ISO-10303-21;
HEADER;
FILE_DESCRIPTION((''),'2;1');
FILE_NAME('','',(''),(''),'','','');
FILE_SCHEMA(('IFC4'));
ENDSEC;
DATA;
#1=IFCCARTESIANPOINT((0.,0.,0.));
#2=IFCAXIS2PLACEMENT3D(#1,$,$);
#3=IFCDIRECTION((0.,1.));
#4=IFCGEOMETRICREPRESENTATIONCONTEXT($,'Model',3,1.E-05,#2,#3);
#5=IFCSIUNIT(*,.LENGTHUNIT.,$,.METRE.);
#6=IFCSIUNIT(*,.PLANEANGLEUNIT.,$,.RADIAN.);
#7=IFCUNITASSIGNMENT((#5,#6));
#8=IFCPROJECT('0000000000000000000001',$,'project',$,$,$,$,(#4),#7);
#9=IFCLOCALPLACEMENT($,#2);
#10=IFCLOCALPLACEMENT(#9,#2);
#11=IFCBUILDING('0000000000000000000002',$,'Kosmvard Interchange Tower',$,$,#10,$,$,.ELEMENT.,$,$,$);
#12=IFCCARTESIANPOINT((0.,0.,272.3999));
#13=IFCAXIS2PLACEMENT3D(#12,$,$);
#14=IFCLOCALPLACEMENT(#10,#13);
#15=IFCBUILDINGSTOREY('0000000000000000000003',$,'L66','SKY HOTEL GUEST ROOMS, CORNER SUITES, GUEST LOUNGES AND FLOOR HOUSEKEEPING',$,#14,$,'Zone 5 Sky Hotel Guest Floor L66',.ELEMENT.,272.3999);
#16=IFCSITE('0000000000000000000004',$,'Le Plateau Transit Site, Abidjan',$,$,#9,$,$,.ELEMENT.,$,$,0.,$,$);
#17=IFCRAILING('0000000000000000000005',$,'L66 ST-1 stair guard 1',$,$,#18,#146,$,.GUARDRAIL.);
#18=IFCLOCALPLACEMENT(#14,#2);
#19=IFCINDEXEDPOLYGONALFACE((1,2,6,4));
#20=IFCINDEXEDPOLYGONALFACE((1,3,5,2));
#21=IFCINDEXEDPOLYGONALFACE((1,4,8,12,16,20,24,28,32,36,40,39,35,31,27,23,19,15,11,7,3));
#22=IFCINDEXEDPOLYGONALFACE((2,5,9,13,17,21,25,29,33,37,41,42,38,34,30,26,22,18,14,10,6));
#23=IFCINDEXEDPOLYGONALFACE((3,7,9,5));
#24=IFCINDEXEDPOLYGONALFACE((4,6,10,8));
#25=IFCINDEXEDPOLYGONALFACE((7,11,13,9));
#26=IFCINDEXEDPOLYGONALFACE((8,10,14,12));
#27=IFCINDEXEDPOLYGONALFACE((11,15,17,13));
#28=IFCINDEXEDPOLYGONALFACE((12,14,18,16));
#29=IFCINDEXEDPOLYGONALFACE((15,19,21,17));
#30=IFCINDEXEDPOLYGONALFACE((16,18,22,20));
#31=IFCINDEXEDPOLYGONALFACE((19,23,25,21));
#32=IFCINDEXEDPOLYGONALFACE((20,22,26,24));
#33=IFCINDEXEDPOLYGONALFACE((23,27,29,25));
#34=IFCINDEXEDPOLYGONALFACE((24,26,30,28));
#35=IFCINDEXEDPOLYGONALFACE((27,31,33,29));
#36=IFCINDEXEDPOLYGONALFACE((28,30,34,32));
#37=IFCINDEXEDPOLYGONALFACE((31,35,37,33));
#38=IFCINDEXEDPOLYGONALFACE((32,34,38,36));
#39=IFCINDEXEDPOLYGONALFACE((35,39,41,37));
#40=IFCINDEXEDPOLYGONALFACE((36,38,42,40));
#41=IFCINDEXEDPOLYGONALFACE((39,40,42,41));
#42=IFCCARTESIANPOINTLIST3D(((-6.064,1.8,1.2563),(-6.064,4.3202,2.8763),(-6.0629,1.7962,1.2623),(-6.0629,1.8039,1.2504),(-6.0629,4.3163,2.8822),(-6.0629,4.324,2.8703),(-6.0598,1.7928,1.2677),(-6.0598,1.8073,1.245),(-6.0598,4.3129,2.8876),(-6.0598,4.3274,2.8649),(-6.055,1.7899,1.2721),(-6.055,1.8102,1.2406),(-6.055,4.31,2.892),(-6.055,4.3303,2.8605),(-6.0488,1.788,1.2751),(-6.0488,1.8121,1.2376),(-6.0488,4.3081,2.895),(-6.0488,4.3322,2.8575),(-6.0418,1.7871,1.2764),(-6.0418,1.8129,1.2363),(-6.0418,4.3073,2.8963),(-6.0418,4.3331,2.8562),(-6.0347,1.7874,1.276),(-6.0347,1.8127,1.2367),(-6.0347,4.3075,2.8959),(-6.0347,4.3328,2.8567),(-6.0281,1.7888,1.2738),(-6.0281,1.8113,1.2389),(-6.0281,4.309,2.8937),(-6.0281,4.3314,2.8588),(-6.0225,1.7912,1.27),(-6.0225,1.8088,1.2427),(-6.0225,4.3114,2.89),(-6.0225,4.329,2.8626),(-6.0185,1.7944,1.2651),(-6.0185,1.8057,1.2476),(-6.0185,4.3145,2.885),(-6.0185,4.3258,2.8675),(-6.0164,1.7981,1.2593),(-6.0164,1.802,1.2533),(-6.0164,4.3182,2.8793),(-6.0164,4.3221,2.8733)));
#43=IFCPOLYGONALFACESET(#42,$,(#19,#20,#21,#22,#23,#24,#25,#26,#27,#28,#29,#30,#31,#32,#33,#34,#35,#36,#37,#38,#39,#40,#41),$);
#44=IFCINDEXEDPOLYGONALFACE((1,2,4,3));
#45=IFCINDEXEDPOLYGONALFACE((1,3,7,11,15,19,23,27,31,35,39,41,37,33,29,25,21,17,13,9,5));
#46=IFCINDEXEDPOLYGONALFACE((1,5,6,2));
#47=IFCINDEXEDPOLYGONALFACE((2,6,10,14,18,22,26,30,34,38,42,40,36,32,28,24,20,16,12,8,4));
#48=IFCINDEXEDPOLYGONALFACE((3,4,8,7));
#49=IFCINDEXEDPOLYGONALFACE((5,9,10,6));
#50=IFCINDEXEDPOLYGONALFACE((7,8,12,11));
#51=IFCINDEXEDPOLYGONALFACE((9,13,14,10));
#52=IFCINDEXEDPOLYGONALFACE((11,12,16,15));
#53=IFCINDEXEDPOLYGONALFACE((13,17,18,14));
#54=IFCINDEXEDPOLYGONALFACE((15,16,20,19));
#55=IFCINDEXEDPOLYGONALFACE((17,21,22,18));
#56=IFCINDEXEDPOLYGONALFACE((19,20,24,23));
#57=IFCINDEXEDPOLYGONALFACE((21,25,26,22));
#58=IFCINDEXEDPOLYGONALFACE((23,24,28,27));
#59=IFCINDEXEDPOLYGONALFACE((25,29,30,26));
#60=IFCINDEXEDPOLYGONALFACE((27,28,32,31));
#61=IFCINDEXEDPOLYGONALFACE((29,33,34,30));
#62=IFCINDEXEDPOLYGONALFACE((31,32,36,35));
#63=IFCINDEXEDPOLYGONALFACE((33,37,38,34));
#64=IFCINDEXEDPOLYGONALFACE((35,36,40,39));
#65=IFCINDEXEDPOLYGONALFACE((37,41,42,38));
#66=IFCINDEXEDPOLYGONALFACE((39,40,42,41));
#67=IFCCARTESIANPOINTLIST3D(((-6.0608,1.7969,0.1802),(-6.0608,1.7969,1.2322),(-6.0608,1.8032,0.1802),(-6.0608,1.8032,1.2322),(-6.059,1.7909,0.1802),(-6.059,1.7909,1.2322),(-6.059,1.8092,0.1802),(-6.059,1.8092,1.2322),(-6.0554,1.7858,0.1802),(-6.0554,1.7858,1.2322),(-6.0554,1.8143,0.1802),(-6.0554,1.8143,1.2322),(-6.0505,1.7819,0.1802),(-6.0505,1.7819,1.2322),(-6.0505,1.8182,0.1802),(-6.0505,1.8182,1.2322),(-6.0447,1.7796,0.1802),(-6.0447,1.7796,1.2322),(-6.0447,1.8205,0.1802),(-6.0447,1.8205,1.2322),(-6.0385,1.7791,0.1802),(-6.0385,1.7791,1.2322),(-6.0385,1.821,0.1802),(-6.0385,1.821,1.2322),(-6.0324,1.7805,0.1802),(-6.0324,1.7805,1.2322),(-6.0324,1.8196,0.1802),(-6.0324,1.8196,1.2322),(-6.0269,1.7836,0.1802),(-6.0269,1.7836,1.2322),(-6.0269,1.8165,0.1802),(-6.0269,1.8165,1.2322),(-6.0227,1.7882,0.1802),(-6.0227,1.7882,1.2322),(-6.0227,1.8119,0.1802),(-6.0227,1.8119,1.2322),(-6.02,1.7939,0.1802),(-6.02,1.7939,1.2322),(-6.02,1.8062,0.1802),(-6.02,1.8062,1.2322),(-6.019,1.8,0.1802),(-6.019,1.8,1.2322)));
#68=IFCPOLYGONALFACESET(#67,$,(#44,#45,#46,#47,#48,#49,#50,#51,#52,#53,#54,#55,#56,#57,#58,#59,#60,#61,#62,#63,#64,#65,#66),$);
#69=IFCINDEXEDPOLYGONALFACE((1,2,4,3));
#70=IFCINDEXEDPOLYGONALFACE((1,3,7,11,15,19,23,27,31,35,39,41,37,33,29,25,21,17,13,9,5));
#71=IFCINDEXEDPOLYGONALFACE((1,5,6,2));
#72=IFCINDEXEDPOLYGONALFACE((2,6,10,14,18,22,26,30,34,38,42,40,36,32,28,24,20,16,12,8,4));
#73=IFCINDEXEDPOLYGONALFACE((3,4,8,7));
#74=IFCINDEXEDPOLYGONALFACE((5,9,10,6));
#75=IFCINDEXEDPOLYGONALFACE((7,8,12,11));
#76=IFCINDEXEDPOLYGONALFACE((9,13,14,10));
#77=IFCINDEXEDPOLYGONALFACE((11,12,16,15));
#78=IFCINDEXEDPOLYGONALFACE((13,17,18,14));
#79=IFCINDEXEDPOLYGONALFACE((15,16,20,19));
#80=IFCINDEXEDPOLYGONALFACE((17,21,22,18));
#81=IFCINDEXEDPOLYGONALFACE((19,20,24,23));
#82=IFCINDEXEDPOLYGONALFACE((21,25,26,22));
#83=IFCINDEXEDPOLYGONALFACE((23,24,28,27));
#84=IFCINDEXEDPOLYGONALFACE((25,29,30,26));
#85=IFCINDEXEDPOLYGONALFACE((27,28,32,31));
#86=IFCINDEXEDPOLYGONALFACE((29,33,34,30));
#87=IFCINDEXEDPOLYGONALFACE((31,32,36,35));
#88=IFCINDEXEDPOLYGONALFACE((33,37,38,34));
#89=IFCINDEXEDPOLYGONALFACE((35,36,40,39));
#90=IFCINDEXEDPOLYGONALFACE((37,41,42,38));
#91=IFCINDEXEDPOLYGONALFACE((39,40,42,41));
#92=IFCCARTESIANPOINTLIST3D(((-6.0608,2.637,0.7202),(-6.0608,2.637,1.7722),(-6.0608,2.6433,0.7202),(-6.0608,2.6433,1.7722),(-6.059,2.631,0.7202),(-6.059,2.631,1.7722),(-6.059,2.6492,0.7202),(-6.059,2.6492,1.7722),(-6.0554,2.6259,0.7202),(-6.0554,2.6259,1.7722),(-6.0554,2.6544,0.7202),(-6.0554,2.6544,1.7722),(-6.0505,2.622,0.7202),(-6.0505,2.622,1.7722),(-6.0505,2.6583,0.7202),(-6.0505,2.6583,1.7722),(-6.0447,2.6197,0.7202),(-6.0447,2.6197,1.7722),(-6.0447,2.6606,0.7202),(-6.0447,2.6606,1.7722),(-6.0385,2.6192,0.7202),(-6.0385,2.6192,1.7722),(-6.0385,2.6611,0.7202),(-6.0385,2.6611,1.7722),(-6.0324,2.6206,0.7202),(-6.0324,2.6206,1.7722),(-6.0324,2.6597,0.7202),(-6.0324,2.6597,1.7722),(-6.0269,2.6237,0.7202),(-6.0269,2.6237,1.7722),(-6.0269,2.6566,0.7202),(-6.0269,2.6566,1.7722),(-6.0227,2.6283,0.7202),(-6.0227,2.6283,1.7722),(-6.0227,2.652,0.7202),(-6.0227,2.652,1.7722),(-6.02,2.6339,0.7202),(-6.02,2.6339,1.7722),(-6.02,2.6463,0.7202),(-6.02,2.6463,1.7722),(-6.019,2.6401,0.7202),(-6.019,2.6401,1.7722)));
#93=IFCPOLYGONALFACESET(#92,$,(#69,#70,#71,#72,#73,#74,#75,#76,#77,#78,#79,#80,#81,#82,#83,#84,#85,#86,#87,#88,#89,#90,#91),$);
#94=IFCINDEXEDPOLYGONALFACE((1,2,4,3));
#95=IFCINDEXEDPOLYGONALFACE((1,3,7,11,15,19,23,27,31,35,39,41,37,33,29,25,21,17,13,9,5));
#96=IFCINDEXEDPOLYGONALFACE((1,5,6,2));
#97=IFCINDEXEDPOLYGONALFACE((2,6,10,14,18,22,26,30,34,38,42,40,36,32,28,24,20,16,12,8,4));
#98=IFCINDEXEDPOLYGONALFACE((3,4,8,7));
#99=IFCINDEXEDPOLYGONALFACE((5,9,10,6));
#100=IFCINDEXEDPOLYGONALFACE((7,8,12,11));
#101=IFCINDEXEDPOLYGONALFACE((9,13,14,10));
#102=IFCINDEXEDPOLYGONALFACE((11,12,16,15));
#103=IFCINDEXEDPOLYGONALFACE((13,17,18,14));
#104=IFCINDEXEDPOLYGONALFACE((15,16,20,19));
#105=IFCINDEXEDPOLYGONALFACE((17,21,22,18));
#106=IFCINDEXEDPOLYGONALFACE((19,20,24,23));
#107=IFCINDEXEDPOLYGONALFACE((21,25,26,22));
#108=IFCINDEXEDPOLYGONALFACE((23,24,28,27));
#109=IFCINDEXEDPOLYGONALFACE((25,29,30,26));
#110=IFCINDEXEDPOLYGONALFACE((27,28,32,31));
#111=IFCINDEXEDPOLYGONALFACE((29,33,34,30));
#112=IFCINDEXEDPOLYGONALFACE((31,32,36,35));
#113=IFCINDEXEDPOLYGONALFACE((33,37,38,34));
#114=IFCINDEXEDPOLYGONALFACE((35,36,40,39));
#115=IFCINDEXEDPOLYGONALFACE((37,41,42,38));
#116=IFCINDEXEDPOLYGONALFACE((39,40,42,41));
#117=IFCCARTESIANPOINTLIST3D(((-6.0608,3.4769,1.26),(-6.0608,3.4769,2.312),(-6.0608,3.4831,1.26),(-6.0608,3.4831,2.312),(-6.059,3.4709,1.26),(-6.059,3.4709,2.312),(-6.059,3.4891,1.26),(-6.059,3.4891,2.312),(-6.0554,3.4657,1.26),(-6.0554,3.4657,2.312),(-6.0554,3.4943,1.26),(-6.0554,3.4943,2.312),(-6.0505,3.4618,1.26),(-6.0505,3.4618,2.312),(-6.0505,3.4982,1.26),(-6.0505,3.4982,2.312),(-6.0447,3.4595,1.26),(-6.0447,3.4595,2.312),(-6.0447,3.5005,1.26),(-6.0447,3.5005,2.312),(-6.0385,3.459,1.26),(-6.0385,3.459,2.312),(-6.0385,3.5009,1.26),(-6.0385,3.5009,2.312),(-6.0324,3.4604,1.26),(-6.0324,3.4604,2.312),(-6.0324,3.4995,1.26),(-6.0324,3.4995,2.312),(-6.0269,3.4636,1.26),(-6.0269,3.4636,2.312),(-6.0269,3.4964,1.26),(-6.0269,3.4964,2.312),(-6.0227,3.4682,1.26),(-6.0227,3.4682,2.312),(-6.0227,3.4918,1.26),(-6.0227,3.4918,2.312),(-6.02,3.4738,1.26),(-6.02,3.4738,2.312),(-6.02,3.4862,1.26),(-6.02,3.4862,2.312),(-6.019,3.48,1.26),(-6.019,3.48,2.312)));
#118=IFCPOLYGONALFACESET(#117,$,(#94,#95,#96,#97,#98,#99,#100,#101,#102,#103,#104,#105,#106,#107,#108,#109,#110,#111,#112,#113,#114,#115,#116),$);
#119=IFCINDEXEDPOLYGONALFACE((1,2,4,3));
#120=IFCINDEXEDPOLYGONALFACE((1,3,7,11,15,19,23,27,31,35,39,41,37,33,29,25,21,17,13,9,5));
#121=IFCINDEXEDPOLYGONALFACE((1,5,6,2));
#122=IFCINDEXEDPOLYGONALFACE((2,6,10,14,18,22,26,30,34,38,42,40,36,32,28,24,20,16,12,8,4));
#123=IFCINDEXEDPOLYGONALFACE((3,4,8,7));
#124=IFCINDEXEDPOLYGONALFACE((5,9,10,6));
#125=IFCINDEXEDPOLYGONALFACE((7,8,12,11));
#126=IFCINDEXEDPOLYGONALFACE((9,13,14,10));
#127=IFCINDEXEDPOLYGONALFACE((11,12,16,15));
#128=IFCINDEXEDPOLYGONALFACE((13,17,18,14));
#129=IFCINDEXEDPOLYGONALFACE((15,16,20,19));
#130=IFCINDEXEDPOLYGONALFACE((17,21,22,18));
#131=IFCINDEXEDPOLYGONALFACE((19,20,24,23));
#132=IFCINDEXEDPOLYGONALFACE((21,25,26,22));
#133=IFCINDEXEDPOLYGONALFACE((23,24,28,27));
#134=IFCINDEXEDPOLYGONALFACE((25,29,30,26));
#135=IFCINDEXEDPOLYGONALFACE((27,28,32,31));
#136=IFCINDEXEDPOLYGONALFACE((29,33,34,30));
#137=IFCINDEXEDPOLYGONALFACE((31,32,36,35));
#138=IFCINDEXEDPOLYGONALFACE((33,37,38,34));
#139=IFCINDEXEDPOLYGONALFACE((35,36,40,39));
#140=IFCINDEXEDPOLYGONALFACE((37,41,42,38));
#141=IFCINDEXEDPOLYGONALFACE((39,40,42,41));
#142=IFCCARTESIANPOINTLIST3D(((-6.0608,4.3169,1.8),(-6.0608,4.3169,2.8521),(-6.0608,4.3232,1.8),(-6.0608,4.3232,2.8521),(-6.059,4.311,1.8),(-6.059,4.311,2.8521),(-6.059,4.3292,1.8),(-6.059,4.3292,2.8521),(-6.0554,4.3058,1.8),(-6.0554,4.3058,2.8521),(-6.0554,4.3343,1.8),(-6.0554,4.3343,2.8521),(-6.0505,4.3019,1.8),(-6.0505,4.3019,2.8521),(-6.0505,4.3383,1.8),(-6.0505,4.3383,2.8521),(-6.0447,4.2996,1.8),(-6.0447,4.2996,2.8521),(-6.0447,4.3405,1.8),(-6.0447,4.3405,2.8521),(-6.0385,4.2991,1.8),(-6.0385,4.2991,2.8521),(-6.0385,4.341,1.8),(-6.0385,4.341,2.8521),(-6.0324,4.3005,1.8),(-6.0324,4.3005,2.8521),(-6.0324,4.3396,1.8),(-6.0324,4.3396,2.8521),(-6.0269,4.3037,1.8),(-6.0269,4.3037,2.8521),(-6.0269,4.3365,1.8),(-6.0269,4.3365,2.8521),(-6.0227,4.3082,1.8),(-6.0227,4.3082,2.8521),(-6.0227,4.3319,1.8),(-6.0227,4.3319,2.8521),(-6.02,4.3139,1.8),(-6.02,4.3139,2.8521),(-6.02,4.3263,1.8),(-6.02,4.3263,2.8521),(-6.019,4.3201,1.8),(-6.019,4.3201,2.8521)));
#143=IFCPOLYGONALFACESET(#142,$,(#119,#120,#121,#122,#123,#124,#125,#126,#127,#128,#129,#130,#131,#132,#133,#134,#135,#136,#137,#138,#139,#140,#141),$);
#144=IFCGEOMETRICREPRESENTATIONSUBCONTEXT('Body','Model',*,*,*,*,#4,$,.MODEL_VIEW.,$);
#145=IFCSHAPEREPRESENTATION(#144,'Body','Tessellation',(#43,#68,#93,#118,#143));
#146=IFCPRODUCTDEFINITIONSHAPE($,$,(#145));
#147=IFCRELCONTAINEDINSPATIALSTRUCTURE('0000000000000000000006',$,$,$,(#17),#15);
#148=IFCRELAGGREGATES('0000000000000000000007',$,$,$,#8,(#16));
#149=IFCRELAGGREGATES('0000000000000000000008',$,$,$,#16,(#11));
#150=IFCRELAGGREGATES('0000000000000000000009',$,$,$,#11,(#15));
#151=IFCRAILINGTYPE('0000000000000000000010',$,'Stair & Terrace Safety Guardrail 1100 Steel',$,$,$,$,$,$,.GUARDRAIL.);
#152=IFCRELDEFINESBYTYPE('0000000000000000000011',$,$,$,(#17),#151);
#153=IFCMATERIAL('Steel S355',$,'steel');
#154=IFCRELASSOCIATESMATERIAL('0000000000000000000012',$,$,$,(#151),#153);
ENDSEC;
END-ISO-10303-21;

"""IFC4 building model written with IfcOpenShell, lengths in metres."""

from ifc_helpers import new_model, si_unit, direction, frame, origin, origin_2d, place, context, subcontext, project, spatial, circle, extrude, source, transform, mapped, material, type_object, element, save


model = new_model("IFC4")

# Units and contexts
model_context = context("Model", 3, precision=1e-05, world=origin(), true_north=direction((0.0, 1.0)))
body_context = subcontext(model_context, "Body", "Model", "MODEL_VIEW")
ifc_project = project(units=[si_unit("LENGTHUNIT", "METRE"), si_unit("PLANEANGLEUNIT", "RADIAN")], contexts=[model_context])

# Site, building, storey
site_placement = place(None, origin())
site = spatial("IfcSite", under=ifc_project, at=site_placement, Name="Le Plateau Transit Site, Abidjan", CompositionType="ELEMENT", RefElevation=0.0)
building_placement = place(site_placement, origin())
building = spatial("IfcBuilding", under=site, at=building_placement, Name="Kosmvard Interchange Tower", CompositionType="ELEMENT")
storey_placement = place(building_placement, frame((0.0, 0.0, 272.3999)))
storey = spatial("IfcBuildingStorey", under=building, at=storey_placement, Name="L66", Description="SKY HOTEL GUEST ROOMS, CORNER SUITES, GUEST LOUNGES AND FLOOR HOUSEKEEPING", LongName="Zone 5 Sky Hotel Guest Floor L66", CompositionType="ELEMENT", Elevation=272.3999)

# Shared definitions
ifc_material_1 = material(Name="Steel S355", Category="steel")

# Railing
railing_type_1 = type_object("IfcRailingType", Name="Stair & Terrace Safety Guardrail 1100 Steel", PredefinedType="GUARDRAIL", material=ifc_material_1)
shared_shape_1 = source(origin(), body_context, "Body", "SweptSolid", [
    extrude(circle(Radius=0.0239, at=origin_2d()), frame((0.0, 0.0, 1.0762), z_axis=(0.0, 0.8412, 0.540725), x_axis=(-1.0, 0.0, 0.0)), (0.0, 0.0, 1.0), 2.9958),
    extrude(circle(Radius=0.021, at=origin_2d()), origin(), (0.0, 0.0, 1.0), 1.052),
    extrude(circle(Radius=0.021, at=origin_2d()), frame((0.0, 0.8401, 0.54)), (0.0, 0.0, 1.0), 1.052),
    extrude(circle(Radius=0.021, at=origin_2d()), frame((0.0, 1.6799, 1.0798)), (0.0, 0.0, 1.0), 1.052),
    extrude(circle(Radius=0.021, at=origin_2d()), frame((0.0, 2.52, 1.6199)), (0.0, 0.0, 1.0), 1.052),
])
railing_1_placement = place(storey_placement, frame((-6.04, 1.8, 0.1802)))
element("IfcRailing", 1, at=railing_1_placement, inside=storey, type_object=railing_type_1, Name="L66 ST-1 stair guard 1", PredefinedType="GUARDRAIL", context=body_context, shape_type="MappedRepresentation", body=[
    mapped(shared_shape_1, transform((0.0, 0.0, 0.0), scale=1.0)),
])

save(model, "model.ifc")
